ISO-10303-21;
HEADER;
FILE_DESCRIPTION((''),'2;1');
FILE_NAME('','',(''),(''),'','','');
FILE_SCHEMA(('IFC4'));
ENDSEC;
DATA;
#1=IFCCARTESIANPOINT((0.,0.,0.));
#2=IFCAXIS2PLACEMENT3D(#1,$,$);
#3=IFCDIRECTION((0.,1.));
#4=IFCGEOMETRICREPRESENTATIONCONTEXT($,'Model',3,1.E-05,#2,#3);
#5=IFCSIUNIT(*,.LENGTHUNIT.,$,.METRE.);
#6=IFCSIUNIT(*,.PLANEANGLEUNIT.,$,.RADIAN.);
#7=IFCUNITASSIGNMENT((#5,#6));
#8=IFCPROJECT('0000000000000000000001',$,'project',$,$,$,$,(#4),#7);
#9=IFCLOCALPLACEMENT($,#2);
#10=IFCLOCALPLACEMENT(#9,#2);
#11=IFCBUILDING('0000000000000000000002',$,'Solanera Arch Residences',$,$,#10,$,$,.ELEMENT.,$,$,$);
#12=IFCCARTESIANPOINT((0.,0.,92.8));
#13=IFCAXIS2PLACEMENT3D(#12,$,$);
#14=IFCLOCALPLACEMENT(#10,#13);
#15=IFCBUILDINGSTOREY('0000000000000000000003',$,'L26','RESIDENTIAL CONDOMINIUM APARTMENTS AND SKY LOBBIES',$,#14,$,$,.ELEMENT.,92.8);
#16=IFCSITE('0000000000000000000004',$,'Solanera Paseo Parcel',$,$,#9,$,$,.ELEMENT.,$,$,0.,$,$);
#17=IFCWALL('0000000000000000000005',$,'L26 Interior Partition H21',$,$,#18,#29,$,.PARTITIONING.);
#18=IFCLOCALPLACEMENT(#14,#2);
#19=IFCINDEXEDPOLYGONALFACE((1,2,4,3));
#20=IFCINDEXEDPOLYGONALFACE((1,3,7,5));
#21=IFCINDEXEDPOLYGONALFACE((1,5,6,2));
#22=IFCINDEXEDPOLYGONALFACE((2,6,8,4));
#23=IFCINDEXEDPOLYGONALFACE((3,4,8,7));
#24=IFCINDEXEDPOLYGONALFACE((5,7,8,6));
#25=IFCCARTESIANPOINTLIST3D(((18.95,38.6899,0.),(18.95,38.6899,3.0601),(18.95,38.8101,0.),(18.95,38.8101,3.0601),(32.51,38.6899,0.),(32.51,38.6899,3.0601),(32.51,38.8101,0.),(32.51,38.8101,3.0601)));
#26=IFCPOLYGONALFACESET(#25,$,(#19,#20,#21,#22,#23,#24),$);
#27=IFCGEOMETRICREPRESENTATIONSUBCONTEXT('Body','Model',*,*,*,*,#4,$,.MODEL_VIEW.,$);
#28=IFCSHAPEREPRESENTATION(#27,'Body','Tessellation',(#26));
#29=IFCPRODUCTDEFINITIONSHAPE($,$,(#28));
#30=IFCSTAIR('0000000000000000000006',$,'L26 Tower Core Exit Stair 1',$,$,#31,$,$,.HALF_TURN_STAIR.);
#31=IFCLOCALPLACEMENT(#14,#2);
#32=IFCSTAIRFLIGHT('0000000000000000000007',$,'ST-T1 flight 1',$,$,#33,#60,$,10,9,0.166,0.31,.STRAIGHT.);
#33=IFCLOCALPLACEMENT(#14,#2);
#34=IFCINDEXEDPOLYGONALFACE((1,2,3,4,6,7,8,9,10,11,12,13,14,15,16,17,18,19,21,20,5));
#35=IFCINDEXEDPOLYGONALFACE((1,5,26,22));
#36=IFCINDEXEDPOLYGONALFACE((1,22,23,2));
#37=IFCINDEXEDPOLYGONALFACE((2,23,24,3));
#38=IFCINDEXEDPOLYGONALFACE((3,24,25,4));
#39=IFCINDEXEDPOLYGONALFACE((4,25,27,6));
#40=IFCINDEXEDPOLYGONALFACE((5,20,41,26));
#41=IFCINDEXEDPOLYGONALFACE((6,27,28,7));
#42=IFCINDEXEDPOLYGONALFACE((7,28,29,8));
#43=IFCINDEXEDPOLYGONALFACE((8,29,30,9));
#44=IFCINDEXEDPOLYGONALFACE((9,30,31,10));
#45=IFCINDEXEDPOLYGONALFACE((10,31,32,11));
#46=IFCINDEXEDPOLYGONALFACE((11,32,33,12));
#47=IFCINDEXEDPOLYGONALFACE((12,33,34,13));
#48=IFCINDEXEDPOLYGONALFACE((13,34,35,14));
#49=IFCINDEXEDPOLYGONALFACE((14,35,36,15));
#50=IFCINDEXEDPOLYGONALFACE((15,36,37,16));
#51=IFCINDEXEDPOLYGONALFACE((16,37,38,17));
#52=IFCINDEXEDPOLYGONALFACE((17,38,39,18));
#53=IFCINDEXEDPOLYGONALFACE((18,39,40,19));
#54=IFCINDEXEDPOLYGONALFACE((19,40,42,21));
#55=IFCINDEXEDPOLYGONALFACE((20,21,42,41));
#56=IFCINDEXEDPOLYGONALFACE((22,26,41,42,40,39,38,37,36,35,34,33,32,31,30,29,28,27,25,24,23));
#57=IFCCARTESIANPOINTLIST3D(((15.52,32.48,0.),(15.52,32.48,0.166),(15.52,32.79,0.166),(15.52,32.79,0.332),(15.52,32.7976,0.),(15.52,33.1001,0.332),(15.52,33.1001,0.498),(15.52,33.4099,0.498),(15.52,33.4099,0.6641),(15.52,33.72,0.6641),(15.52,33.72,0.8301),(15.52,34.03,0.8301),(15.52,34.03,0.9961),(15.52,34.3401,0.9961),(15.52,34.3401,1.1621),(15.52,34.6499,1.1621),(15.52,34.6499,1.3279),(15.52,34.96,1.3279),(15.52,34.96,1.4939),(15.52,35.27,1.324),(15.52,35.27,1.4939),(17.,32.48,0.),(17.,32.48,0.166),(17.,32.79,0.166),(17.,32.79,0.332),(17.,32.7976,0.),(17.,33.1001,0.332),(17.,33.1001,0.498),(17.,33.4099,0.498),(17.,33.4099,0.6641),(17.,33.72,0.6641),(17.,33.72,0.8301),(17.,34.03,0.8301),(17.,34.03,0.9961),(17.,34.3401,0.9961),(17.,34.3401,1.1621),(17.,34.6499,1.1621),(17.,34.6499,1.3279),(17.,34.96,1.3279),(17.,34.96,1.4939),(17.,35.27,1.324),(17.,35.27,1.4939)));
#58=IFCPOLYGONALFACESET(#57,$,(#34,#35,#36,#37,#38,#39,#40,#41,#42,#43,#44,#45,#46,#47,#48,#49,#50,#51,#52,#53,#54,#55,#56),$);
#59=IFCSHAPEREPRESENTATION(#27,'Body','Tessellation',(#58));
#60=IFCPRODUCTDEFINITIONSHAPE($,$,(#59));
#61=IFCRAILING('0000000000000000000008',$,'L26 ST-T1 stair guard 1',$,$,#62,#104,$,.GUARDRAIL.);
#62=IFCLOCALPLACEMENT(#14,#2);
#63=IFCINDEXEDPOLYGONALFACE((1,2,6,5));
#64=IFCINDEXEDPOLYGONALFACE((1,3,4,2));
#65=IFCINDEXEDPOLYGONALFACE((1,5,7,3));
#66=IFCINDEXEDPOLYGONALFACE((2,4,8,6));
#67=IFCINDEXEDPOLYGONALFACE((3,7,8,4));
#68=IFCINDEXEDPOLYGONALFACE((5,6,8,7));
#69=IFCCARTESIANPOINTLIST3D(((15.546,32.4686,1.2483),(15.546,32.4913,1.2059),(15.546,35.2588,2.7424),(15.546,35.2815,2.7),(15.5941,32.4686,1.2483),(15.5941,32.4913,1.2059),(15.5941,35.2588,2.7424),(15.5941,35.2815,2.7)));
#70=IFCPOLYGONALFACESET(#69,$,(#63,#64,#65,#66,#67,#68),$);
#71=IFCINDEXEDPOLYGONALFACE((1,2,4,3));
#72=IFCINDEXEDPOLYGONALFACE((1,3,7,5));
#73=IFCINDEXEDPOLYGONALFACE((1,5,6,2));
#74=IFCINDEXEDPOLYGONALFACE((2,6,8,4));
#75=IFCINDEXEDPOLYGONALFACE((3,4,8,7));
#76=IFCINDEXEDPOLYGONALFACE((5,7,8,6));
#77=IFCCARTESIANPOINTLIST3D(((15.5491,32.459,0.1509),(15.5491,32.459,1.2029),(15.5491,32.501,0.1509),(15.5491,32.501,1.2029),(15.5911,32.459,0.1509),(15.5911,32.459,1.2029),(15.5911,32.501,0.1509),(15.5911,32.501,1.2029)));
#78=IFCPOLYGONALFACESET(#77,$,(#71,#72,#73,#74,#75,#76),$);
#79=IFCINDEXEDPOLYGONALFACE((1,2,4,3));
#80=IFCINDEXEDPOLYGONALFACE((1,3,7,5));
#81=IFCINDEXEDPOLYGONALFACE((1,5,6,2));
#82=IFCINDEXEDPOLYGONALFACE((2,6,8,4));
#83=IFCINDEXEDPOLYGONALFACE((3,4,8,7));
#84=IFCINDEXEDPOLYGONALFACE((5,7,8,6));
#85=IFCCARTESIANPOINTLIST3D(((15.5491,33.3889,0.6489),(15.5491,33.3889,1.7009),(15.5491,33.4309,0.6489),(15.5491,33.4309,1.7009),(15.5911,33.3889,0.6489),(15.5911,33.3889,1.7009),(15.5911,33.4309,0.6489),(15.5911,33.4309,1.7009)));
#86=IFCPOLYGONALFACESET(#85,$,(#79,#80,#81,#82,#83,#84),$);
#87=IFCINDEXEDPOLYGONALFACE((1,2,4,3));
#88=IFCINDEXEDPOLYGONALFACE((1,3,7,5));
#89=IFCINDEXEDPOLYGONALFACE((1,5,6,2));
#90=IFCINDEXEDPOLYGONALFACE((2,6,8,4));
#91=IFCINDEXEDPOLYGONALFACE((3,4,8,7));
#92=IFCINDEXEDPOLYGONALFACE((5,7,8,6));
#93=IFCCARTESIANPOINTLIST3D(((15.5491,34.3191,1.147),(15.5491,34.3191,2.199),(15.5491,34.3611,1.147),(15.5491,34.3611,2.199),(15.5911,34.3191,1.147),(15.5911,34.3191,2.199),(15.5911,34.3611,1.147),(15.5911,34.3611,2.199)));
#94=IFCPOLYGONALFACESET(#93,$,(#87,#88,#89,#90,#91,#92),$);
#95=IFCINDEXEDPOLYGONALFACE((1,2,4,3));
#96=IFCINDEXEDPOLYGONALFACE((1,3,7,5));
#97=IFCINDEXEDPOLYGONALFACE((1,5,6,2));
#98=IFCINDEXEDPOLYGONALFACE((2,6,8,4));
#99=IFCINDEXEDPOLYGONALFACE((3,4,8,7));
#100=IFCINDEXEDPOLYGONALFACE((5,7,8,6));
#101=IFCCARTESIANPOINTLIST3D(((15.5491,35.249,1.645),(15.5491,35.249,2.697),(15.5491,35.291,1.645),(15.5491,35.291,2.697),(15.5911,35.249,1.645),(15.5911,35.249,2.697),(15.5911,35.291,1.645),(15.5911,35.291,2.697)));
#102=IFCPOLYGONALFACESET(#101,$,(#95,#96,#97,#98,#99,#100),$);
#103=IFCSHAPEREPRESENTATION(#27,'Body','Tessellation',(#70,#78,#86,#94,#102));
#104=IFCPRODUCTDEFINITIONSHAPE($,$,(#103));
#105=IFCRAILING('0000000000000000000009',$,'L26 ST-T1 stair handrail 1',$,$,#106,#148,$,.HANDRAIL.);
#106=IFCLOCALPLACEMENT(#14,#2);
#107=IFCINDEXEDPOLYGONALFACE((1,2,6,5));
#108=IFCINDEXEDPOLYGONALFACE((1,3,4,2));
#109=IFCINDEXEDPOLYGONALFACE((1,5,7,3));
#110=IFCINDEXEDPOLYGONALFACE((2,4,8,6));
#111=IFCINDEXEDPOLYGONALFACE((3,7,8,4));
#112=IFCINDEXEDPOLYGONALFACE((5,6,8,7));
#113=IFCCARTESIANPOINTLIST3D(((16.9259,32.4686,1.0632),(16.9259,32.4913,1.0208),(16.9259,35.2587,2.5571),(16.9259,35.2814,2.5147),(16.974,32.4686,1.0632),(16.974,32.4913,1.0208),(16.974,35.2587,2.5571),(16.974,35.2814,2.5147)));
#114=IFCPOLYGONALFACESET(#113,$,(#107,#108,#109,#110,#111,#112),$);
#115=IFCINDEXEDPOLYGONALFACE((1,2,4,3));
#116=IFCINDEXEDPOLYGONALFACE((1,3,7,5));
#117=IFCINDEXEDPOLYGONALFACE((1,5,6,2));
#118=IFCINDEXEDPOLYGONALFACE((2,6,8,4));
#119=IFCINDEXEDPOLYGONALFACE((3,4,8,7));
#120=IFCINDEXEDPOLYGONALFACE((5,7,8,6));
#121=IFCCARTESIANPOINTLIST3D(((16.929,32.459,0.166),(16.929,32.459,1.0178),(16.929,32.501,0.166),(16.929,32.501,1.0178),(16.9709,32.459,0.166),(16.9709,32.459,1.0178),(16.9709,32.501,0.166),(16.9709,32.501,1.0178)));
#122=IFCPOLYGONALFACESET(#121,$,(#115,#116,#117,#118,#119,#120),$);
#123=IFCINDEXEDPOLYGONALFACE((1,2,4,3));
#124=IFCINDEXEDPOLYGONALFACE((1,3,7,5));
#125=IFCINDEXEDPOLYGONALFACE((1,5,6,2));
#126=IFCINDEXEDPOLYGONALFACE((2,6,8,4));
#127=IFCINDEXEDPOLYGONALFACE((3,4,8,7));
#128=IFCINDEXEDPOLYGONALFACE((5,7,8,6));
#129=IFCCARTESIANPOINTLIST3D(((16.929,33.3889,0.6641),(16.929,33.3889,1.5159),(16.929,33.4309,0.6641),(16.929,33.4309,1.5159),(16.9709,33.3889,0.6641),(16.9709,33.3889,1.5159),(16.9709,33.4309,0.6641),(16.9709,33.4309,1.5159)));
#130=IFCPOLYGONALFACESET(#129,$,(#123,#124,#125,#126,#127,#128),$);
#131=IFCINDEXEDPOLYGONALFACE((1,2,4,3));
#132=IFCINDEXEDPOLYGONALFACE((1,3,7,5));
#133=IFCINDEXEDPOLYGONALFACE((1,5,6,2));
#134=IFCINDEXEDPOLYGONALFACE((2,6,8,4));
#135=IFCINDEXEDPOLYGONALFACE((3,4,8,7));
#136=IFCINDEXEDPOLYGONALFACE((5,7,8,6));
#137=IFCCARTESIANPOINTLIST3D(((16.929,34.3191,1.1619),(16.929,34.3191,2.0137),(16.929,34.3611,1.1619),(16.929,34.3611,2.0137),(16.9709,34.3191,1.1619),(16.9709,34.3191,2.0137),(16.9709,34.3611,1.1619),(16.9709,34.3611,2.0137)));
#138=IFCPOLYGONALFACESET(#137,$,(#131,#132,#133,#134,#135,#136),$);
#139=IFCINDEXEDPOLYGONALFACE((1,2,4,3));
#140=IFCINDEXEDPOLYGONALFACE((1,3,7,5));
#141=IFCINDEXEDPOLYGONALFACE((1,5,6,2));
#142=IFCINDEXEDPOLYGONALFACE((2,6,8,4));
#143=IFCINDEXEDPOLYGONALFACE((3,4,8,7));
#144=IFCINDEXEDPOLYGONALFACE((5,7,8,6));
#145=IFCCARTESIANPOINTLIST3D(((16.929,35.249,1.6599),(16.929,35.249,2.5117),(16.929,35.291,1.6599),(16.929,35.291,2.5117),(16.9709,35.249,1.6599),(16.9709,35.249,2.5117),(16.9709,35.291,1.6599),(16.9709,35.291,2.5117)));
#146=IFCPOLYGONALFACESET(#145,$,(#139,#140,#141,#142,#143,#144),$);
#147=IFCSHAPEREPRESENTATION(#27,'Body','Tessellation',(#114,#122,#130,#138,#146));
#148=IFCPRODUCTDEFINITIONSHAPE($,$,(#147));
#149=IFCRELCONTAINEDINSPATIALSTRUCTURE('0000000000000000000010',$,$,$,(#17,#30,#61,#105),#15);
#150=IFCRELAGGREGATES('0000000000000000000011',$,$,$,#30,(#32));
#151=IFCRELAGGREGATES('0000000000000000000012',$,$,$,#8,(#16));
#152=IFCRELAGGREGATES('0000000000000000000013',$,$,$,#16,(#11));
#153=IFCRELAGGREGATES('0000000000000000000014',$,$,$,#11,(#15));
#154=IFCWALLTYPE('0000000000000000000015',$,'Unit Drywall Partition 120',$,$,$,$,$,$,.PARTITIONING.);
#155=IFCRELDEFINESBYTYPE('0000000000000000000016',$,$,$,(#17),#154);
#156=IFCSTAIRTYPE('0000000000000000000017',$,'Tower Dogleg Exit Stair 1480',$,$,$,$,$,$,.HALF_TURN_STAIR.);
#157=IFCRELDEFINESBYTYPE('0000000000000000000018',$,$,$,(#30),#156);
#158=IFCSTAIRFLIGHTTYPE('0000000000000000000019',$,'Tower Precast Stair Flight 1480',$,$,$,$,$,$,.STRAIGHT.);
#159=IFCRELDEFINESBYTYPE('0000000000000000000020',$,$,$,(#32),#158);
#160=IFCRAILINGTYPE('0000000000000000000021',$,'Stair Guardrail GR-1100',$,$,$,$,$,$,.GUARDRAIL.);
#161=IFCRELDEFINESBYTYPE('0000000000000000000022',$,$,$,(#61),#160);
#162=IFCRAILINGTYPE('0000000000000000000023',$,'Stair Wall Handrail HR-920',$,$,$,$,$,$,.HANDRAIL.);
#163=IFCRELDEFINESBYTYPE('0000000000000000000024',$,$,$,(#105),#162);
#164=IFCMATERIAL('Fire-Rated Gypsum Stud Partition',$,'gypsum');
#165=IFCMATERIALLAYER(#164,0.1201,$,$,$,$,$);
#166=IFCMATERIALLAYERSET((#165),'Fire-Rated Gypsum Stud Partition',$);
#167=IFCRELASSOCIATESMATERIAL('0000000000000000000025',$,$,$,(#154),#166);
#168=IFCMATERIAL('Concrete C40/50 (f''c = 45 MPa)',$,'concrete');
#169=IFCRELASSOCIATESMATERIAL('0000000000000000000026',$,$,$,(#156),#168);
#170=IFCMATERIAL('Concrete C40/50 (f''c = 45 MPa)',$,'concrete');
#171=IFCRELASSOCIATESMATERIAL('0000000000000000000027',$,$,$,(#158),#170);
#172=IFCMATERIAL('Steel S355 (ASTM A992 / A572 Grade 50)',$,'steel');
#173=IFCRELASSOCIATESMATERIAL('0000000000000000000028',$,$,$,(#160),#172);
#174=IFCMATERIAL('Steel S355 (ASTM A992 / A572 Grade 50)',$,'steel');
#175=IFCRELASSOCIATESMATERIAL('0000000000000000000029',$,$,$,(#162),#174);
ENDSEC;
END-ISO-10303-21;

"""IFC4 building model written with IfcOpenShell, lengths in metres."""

from ifc_helpers import new_model, si_unit, direction, frame, frame_2d, origin, origin_2d, place, context, subcontext, project, spatial, polyline, rectangle, outline, extrude, material, layer, layer_set, type_object, element, aggregate, save


model = new_model("IFC4")

# Units and contexts
model_context = context("Model", 3, precision=1e-05, world=origin(), true_north=direction((0.0, 1.0)))
body_context = subcontext(model_context, "Body", "Model", "MODEL_VIEW")
ifc_project = project(units=[si_unit("LENGTHUNIT", "METRE"), si_unit("PLANEANGLEUNIT", "RADIAN")], contexts=[model_context])

# Site, building, storey
site_placement = place(None, origin())
site = spatial("IfcSite", under=ifc_project, at=site_placement, Name="Solanera Paseo Parcel", CompositionType="ELEMENT", RefElevation=0.0)
building_placement = place(site_placement, origin())
building = spatial("IfcBuilding", under=site, at=building_placement, Name="Solanera Arch Residences", CompositionType="ELEMENT")
storey_placement = place(building_placement, frame((0.0, 0.0, 92.8)))
storey = spatial("IfcBuildingStorey", under=building, at=storey_placement, Name="L26", Description="RESIDENTIAL CONDOMINIUM APARTMENTS AND SKY LOBBIES", CompositionType="ELEMENT", Elevation=92.8)

# Wall
ifc_material_1 = material(Name="Fire-Rated Gypsum Stud Partition", Category="gypsum")
ifc_layer_1 = layer(ifc_material_1, 0.1201)
ifc_layer_set_1 = layer_set([ifc_layer_1], Name="Fire-Rated Gypsum Stud Partition")
wall_type_1 = type_object("IfcWallType", Name="Unit Drywall Partition 120", PredefinedType="PARTITIONING", material=ifc_layer_set_1)
wall_1_placement = place(storey_placement, frame((18.95, 38.75, 0.0), z_axis=(0.0, 0.0, 1.0), x_axis=(1.0, 0.0, 0.0)))
element("IfcWall", 1, at=wall_1_placement, inside=storey, type_object=wall_type_1, Name="L26 Interior Partition H21", PredefinedType="PARTITIONING", context=body_context, shape_type="SweptSolid", body=[
    extrude(rectangle(XDim=13.5601, YDim=0.1201, at=frame_2d((6.78, 0.0))), origin(), (0.0, 0.0, 1.0), 3.0601),
])

# Stair, stair flight
ifc_material_2 = material(Name="Concrete C40/50 (f'c = 45 MPa)", Category="concrete")
stair_type = type_object("IfcStairType", Name="Tower Dogleg Exit Stair 1480", PredefinedType="HALF_TURN_STAIR", material=ifc_material_2)
stair_placement = place(storey_placement, origin())
stair = element("IfcStair", 2, at=stair_placement, inside=storey, type_object=stair_type, Name="L26 Tower Core Exit Stair 1", PredefinedType="HALF_TURN_STAIR")
ifc_material_3 = material(Name="Concrete C40/50 (f'c = 45 MPa)", Category="concrete")
stair_flight_type = type_object("IfcStairFlightType", Name="Tower Precast Stair Flight 1480", PredefinedType="STRAIGHT", material=ifc_material_3)
stair_flight_placement = place(storey_placement, frame((16.26, 32.48, 0.0), z_axis=(0.0, 0.0, 1.0), x_axis=(0.0, 1.0, 0.0)))
stair_flight = element("IfcStairFlight", 3, at=stair_flight_placement, type_object=stair_flight_type, Name="ST-T1 flight 1", NumberOfRisers=10, NumberOfTreads=9, PredefinedType="STRAIGHT", RiserHeight=0.166, TreadLength=0.31, context=body_context, shape_type="SweptSolid", body=[
    extrude(outline(polyline([(0.0, 0.0), (0.0, 0.166), (0.3101, 0.166), (0.3101, 0.332), (0.6201, 0.332), (0.6201, 0.498), (0.9299, 0.498), (0.9299, 0.6641), (1.24, 0.6641), (1.24, 0.8301), (1.55, 0.8301), (1.55, 0.9961), (1.8601, 0.9961), (1.8601, 1.1621), (2.1699, 1.1621), (2.1699, 1.3279), (2.48, 1.3279), (2.48, 1.4939), (2.79, 1.4939), (2.79, 1.6599), (2.79, 1.324), (0.3176, 0.0), (0.0, 0.0)])), frame((0.0, 0.74, 0.0), z_axis=(0.0, -1.0, 0.0), x_axis=(1.0, 0.0, 0.0)), (0.0, 0.0, 1.0), 1.48),
])
aggregate(stair, [stair_flight])

# Railings
ifc_material_4 = material(Name="Steel S355 (ASTM A992 / A572 Grade 50)", Category="steel")
railing_type_1 = type_object("IfcRailingType", Name="Stair Guardrail GR-1100", PredefinedType="GUARDRAIL", material=ifc_material_4)
railing_1_placement = place(storey_placement, frame((15.5701, 32.48, 0.1509)))
element("IfcRailing", 4, at=railing_1_placement, inside=storey, type_object=railing_type_1, Name="L26 ST-T1 stair guard 1", PredefinedType="GUARDRAIL", context=body_context, shape_type="SweptSolid", body=[
    extrude(rectangle(XDim=0.0481, YDim=0.0481, at=origin_2d()), frame((0.0, 0.0, 1.0762), z_axis=(0.0, 0.881549, 0.472093), x_axis=(-1.0, 0.0, 0.0)), (0.0, 0.0, 1.0), 3.165),
    extrude(rectangle(XDim=0.042, YDim=0.042, at=origin_2d()), origin(), (0.0, 0.0, 1.0), 1.052),
    extrude(rectangle(XDim=0.042, YDim=0.042, at=origin_2d()), frame((0.0, 0.9299, 0.498)), (0.0, 0.0, 1.0), 1.052),
    extrude(rectangle(XDim=0.042, YDim=0.042, at=origin_2d()), frame((0.0, 1.8601, 0.9961)), (0.0, 0.0, 1.0), 1.052),
    extrude(rectangle(XDim=0.042, YDim=0.042, at=origin_2d()), frame((0.0, 2.79, 1.4941)), (0.0, 0.0, 1.0), 1.052),
])
ifc_material_5 = material(Name="Steel S355 (ASTM A992 / A572 Grade 50)", Category="steel")
railing_type_2 = type_object("IfcRailingType", Name="Stair Wall Handrail HR-920", PredefinedType="HANDRAIL", material=ifc_material_5)
railing_2_placement = place(storey_placement, frame((16.95, 32.48, 0.166)))
element("IfcRailing", 5, at=railing_2_placement, inside=storey, type_object=railing_type_2, Name="L26 ST-T1 stair handrail 1", PredefinedType="HANDRAIL", context=body_context, shape_type="SweptSolid", body=[
    extrude(rectangle(XDim=0.0481, YDim=0.0481, at=origin_2d()), frame((0.0, 0.0, 0.876), z_axis=(0.0, 0.881581, 0.472033), x_axis=(-1.0, 0.0, 0.0)), (0.0, 0.0, 1.0), 3.1648),
    extrude(rectangle(XDim=0.042, YDim=0.042, at=origin_2d()), origin(), (0.0, 0.0, 1.0), 0.8518),
    extrude(rectangle(XDim=0.042, YDim=0.042, at=origin_2d()), frame((0.0, 0.9299, 0.498)), (0.0, 0.0, 1.0), 0.8518),
    extrude(rectangle(XDim=0.042, YDim=0.042, at=origin_2d()), frame((0.0, 1.8601, 0.9958)), (0.0, 0.0, 1.0), 0.8518),
    extrude(rectangle(XDim=0.042, YDim=0.042, at=origin_2d()), frame((0.0, 2.79, 1.4939)), (0.0, 0.0, 1.0), 0.8518),
])

save(model, "model.ifc")
